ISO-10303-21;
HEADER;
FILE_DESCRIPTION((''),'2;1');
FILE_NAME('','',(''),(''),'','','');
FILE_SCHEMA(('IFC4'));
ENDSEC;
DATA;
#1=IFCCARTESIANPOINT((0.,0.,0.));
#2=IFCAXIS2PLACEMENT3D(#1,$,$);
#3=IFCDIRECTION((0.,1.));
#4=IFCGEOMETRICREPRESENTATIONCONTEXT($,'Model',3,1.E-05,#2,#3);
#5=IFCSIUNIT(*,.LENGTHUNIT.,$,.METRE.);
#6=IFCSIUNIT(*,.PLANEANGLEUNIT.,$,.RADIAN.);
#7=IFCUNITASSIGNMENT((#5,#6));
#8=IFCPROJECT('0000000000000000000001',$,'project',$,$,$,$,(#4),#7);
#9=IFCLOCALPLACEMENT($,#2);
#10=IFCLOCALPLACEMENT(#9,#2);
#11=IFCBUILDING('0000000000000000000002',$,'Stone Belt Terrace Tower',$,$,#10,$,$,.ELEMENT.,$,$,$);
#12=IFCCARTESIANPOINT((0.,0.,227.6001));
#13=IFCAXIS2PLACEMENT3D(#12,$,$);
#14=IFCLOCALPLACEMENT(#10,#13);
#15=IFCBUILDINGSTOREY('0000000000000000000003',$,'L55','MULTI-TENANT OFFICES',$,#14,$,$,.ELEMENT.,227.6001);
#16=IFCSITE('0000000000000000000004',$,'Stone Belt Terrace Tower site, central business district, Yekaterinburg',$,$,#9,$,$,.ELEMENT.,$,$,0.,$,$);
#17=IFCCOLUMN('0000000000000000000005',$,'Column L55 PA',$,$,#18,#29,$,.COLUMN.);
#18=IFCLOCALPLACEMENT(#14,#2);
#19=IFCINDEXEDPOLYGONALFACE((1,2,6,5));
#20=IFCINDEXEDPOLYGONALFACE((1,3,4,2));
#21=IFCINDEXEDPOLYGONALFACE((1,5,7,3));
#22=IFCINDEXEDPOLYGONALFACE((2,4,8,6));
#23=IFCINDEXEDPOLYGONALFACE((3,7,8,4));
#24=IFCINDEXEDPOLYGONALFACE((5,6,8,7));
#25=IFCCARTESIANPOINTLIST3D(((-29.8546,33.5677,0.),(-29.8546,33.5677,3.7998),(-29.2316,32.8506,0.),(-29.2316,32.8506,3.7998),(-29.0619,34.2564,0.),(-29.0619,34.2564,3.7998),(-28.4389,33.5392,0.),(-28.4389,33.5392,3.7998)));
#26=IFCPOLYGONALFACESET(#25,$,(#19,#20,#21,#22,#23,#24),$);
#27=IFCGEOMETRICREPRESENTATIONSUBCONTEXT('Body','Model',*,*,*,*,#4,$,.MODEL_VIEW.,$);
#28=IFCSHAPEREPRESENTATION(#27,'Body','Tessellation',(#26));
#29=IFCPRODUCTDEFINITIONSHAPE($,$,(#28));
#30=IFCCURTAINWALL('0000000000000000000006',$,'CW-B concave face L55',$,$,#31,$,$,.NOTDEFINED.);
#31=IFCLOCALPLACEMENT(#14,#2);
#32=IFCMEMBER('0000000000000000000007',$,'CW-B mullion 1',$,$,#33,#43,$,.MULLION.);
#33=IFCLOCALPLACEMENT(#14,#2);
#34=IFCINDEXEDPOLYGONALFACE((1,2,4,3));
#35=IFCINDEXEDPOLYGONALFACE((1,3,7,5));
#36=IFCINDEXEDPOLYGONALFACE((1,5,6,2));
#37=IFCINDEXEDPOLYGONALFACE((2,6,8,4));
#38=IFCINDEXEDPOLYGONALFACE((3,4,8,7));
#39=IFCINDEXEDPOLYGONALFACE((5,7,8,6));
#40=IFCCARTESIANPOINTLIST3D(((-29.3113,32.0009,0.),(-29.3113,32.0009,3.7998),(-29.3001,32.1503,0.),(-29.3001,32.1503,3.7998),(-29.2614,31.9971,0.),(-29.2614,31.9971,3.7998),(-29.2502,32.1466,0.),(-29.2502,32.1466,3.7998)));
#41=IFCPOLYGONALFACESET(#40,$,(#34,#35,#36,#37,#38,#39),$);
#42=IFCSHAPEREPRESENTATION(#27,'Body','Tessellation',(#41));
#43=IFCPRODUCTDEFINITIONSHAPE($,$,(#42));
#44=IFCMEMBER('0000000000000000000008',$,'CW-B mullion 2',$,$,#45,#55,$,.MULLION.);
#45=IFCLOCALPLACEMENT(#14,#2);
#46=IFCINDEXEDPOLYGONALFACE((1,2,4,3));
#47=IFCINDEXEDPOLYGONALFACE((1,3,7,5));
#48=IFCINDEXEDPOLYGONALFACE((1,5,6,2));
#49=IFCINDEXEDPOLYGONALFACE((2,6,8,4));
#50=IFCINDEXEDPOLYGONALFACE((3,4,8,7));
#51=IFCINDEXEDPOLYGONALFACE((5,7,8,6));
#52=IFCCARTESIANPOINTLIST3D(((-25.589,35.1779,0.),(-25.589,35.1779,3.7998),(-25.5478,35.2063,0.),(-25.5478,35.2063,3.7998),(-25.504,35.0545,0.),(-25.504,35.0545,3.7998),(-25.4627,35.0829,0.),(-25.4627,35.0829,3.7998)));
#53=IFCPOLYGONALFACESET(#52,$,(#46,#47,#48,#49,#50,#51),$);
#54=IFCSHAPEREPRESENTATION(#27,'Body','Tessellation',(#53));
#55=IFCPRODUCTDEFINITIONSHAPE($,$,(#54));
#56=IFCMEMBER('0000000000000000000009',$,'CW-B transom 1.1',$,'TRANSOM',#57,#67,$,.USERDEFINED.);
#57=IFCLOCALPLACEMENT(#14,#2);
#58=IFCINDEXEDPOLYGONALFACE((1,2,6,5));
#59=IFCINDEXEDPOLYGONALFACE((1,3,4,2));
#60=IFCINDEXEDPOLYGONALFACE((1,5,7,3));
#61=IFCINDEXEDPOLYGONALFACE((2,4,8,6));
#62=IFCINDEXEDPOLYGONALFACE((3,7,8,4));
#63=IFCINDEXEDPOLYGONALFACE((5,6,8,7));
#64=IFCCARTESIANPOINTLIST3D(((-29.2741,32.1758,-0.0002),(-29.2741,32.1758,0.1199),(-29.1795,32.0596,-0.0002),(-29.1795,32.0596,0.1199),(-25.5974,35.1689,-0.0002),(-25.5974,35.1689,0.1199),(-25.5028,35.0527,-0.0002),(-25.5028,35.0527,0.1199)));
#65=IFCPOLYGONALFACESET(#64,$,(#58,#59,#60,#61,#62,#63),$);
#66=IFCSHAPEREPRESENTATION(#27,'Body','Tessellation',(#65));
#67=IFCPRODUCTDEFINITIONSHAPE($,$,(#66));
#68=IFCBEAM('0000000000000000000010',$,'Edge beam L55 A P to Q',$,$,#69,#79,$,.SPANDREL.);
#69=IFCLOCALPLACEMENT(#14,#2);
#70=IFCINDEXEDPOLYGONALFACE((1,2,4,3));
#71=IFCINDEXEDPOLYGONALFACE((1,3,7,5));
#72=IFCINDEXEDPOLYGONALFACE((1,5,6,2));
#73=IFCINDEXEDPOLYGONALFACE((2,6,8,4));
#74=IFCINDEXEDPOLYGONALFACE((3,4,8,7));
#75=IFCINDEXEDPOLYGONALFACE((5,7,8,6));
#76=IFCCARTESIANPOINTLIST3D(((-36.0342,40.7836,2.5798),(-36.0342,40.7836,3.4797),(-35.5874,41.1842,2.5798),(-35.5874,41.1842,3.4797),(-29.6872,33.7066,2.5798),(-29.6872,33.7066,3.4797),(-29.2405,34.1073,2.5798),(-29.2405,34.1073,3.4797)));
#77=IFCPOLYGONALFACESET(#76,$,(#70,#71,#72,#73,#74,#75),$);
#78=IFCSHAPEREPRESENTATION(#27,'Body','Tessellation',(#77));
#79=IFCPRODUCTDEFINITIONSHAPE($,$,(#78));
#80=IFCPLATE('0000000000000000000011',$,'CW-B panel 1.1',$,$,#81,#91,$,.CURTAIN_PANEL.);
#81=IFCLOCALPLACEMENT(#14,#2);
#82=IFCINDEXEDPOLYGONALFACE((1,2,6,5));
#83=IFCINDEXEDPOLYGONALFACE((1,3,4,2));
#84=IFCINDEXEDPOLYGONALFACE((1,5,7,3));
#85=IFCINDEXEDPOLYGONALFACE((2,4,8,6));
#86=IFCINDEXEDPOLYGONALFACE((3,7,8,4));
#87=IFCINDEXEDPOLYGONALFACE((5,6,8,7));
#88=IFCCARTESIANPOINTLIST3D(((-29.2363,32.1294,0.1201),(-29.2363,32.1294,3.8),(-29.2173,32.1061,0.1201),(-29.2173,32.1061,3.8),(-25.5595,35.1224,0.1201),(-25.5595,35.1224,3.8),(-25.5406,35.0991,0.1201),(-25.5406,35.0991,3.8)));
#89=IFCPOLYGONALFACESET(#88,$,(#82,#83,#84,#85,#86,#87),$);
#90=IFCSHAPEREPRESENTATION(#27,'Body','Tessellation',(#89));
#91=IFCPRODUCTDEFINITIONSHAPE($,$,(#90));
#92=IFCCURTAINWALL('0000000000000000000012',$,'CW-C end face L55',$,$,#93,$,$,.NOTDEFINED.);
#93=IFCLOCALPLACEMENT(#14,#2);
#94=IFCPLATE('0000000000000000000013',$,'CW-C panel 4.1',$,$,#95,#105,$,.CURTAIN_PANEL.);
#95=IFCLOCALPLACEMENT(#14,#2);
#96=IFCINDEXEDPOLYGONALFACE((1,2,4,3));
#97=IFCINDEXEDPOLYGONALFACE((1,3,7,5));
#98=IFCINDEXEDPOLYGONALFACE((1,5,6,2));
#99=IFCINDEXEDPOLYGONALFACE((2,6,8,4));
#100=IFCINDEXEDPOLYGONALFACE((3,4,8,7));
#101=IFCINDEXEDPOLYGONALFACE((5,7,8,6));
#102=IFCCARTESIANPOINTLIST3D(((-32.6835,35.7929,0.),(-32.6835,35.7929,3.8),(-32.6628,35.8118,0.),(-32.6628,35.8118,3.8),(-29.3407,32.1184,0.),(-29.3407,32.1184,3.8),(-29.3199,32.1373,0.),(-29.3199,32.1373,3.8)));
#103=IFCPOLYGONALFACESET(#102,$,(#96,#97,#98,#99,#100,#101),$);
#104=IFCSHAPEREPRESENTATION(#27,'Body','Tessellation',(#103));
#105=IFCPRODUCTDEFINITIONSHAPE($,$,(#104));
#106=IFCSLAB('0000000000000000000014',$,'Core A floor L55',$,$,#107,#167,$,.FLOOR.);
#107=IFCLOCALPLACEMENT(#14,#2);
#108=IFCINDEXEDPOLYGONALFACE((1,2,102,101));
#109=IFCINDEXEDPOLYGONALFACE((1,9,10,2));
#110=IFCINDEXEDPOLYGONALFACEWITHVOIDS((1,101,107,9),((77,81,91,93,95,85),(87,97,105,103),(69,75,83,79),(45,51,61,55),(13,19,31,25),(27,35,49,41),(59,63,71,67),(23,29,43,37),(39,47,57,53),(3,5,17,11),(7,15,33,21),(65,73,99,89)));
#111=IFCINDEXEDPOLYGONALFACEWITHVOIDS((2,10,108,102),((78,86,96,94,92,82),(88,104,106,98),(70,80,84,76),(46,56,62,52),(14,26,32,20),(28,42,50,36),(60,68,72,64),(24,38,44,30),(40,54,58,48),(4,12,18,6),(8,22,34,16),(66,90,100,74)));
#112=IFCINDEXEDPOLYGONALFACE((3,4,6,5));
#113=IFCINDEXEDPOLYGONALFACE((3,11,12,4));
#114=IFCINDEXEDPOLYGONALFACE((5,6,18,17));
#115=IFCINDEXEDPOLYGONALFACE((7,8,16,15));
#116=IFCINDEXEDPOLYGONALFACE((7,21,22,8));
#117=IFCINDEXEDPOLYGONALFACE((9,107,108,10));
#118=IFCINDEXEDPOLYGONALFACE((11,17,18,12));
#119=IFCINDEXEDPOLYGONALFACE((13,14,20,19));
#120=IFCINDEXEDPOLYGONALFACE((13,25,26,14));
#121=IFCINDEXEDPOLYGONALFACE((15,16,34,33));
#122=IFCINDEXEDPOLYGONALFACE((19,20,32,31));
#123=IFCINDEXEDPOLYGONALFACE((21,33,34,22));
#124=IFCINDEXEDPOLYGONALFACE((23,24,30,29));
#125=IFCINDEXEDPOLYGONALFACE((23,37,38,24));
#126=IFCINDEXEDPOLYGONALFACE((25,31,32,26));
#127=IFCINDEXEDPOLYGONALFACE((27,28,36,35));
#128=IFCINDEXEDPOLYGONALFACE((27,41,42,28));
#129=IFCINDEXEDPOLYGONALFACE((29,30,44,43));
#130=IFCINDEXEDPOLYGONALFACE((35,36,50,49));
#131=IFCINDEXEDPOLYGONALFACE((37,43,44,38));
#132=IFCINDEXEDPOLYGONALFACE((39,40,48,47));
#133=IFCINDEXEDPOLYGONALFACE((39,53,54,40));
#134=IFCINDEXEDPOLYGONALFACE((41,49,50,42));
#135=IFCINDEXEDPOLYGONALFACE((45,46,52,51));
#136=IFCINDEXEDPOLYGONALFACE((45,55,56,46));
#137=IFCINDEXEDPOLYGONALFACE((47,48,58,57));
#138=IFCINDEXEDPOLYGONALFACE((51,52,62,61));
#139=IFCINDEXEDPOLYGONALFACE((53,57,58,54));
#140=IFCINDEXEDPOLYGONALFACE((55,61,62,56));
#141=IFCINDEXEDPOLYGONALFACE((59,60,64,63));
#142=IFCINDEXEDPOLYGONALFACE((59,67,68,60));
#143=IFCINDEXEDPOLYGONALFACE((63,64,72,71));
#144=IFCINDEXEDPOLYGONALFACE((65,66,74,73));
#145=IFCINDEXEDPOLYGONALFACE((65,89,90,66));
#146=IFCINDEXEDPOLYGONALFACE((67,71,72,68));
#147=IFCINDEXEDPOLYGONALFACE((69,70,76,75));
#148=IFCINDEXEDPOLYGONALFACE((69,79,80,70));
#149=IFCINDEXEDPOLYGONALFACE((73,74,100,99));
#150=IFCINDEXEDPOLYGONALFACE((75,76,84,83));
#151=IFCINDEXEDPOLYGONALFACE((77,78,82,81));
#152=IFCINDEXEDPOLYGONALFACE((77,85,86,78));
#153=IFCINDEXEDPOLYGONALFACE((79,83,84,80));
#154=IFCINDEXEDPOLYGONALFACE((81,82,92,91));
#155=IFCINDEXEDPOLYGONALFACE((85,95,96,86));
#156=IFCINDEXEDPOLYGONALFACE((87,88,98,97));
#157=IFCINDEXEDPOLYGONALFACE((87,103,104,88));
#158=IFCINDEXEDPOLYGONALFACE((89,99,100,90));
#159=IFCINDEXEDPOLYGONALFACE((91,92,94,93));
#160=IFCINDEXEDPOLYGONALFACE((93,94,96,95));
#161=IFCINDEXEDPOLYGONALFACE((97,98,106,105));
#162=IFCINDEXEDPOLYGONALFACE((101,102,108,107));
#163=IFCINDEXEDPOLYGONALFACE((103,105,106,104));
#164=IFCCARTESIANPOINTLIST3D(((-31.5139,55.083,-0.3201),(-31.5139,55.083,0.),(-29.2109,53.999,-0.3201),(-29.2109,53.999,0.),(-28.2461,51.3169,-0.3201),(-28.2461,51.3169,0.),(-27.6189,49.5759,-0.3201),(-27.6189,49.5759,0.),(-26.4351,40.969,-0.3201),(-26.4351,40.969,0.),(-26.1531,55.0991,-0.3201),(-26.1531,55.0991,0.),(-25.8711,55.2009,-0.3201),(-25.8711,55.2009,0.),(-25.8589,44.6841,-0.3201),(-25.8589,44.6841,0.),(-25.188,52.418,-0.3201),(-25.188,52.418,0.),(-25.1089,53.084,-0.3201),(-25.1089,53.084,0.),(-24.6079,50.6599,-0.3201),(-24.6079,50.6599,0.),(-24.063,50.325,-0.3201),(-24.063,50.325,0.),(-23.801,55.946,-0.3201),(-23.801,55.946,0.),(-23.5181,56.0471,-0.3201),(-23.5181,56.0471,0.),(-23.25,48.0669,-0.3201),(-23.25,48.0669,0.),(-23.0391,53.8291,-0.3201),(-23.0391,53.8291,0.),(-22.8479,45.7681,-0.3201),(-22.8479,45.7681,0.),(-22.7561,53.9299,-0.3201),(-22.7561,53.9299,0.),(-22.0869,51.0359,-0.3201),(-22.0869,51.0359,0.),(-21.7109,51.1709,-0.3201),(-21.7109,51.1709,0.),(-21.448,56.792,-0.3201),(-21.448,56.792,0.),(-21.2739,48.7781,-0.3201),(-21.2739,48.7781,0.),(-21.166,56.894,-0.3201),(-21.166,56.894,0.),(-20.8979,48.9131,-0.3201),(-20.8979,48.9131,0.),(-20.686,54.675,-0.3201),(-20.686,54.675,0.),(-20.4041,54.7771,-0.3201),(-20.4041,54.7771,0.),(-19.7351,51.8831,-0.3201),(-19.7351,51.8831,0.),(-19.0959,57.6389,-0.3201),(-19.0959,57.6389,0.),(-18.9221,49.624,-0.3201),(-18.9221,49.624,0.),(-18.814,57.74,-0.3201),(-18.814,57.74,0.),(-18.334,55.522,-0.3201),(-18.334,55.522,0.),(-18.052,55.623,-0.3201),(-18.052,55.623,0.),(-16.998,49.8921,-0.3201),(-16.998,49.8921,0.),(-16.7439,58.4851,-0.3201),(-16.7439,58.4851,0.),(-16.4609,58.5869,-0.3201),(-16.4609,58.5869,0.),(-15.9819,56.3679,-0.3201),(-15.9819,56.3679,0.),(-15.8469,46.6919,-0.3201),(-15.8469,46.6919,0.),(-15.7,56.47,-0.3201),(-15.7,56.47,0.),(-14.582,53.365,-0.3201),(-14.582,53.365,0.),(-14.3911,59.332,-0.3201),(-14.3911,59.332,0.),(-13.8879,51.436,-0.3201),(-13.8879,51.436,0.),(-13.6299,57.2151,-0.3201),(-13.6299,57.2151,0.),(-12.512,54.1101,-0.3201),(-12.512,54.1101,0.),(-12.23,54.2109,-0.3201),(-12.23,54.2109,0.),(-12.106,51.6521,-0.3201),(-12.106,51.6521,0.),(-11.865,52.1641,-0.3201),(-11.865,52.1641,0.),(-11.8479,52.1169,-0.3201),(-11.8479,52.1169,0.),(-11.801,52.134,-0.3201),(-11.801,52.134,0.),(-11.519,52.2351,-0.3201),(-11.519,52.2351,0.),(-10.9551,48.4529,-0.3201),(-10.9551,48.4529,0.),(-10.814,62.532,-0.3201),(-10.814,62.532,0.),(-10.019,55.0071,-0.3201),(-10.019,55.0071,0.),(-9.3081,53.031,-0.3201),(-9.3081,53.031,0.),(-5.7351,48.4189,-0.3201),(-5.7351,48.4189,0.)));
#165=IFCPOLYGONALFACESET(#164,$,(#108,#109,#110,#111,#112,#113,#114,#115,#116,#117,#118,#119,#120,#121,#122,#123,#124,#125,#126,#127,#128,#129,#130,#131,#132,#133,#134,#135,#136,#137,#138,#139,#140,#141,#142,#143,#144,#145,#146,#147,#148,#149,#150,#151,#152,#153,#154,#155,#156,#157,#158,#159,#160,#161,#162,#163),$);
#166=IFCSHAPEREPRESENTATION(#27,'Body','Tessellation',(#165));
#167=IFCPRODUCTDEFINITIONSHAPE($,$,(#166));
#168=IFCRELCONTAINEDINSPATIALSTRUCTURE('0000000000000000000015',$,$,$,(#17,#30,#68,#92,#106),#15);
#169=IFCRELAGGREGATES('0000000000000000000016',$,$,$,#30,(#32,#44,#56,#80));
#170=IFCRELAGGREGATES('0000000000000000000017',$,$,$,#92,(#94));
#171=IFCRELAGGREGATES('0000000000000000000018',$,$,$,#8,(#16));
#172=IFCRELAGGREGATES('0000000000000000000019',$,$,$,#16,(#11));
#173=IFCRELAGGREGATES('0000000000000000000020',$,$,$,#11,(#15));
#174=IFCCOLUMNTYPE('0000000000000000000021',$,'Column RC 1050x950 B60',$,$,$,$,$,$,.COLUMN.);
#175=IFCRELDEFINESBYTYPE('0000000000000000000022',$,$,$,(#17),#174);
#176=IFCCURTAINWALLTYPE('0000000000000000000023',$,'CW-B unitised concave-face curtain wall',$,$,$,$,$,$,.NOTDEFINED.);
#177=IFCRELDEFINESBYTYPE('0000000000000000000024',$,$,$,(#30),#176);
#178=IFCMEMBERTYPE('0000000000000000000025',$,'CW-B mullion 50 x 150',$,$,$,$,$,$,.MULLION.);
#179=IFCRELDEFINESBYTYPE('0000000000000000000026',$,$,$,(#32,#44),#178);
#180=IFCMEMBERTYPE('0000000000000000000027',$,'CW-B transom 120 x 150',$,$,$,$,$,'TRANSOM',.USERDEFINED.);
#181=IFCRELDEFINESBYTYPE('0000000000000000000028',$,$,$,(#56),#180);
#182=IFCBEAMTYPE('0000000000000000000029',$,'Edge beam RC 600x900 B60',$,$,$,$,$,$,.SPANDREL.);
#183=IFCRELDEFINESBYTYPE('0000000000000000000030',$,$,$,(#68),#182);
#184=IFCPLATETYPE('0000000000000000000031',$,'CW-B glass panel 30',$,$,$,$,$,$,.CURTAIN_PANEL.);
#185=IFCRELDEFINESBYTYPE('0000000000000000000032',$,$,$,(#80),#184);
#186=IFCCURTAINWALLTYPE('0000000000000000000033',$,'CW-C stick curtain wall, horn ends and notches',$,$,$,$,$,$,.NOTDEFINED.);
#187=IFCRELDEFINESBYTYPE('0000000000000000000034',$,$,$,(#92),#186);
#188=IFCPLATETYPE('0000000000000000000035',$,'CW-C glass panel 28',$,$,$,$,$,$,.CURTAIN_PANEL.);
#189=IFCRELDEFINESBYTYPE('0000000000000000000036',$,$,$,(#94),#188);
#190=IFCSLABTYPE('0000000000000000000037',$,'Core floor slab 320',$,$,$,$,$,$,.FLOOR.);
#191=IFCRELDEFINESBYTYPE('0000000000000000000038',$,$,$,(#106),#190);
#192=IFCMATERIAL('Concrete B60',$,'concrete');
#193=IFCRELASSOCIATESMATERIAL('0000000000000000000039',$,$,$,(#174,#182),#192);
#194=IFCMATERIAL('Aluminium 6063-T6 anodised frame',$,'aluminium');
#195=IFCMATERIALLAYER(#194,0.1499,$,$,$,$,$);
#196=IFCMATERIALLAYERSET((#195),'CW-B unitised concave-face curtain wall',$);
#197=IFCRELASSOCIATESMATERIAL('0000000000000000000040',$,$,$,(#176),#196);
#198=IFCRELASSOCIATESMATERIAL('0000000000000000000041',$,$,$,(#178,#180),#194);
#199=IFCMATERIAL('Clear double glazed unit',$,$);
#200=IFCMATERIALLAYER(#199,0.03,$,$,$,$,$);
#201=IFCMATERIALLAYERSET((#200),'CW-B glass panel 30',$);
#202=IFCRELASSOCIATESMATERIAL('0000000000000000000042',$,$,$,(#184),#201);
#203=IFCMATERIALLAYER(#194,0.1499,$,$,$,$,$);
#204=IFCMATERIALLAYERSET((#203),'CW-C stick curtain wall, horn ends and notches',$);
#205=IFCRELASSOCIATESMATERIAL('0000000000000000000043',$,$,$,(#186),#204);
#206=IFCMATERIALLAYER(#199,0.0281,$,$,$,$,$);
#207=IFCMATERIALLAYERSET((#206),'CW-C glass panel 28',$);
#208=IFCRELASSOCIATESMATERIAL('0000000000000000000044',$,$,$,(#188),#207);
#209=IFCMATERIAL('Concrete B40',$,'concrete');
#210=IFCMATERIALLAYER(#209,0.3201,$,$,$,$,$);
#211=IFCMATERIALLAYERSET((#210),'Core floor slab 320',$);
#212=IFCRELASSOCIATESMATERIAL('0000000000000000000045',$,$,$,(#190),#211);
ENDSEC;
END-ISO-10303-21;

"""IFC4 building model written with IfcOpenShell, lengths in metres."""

from ifc_helpers import new_model, si_unit, direction, frame, origin, origin_2d, place, context, subcontext, project, spatial, polyline, rectangle, outline, extrude, material, layer, layer_set, material_profile, profile_set, type_object, element, aggregate, save


model = new_model("IFC4")

# Units and contexts
model_context = context("Model", 3, precision=1e-05, world=origin(), true_north=direction((0.0, 1.0)))
body_context = subcontext(model_context, "Body", "Model", "MODEL_VIEW")
ifc_project = project(units=[si_unit("LENGTHUNIT", "METRE"), si_unit("PLANEANGLEUNIT", "RADIAN")], contexts=[model_context])

# Site, building, storey
site_placement = place(None, origin())
site = spatial("IfcSite", under=ifc_project, at=site_placement, Name="Stone Belt Terrace Tower site, central business district, Yekaterinburg", CompositionType="ELEMENT", RefElevation=0.0)
building_placement = place(site_placement, origin())
building = spatial("IfcBuilding", under=site, at=building_placement, Name="Stone Belt Terrace Tower", CompositionType="ELEMENT")
storey_placement = place(building_placement, frame((0.0, 0.0, 227.6001)))
storey = spatial("IfcBuildingStorey", under=building, at=storey_placement, Name="L55", Description="MULTI-TENANT OFFICES", CompositionType="ELEMENT", Elevation=227.6001)

# Column
ifc_material_1 = material(Name="Concrete B60", Category="concrete")
ifc_material_profile_1 = material_profile(ifc_material_1, rectangle(XDim=1.05, YDim=0.95, at=origin_2d()), Name="RC 1050x950")
ifc_profile_set_1 = profile_set([ifc_material_profile_1], Name="Concrete B60")
column_type = type_object("IfcColumnType", Name="Column RC 1050x950 B60", PredefinedType="COLUMN", material=ifc_profile_set_1)
column_placement = place(storey_placement, frame((-29.1467, 33.5535, 0.0), z_axis=(0.0, 0.0, 1.0), x_axis=(0.754941, 0.655793, 0.0)))
element("IfcColumn", 1, at=column_placement, inside=storey, type_object=column_type, Name="Column L55 PA", PredefinedType="COLUMN", context=body_context, shape_type="SweptSolid", body=[
    extrude(rectangle(XDim=1.05, YDim=0.95, at=origin_2d()), origin(), (0.0, 0.0, 1.0), 3.7998),
])

# Curtain wall, members
ifc_material_2 = material(Name="Aluminium 6063-T6 anodised frame", Category="aluminium")
ifc_layer_1 = layer(ifc_material_2, 0.1499)
ifc_layer_set_1 = layer_set([ifc_layer_1], Name="CW-B unitised concave-face curtain wall")
curtain_wall_type_1 = type_object("IfcCurtainWallType", Name="CW-B unitised concave-face curtain wall", PredefinedType="NOTDEFINED", material=ifc_layer_set_1)
curtain_wall_1_placement = place(storey_placement, origin())
curtain_wall_1 = element("IfcCurtainWall", 2, at=curtain_wall_1_placement, inside=storey, type_object=curtain_wall_type_1, Name="CW-B concave face L55", PredefinedType="NOTDEFINED")
ifc_material_profile_2 = material_profile(ifc_material_2, rectangle(XDim=0.1499, YDim=0.05, at=origin_2d()), Name="Aluminium 6063-T6 50x150")
ifc_profile_set_2 = profile_set([ifc_material_profile_2], Name="Aluminium 6063-T6 anodised frame")
member_type_1 = type_object("IfcMemberType", Name="CW-B mullion 50 x 150", PredefinedType="MULLION", material=ifc_profile_set_2)
member_1_placement = place(storey_placement, frame((-29.2808, 32.0737, 0.0), z_axis=(0.0, 0.0, 1.0), x_axis=(0.074613, 0.997213, 0.0)))
member_1 = element("IfcMember", 3, at=member_1_placement, type_object=member_type_1, Name="CW-B mullion 1", PredefinedType="MULLION", context=body_context, shape_type="SweptSolid", body=[
    extrude(rectangle(XDim=0.1499, YDim=0.05, at=origin_2d()), origin(), (0.0, 0.0, 1.0), 3.7998),
])
member_2_placement = place(storey_placement, frame((-25.5259, 35.1304, 0.0), z_axis=(0.0, 0.0, 1.0), x_axis=(-0.567465, 0.823397, 0.0)))
member_2 = element("IfcMember", 4, at=member_2_placement, type_object=member_type_1, Name="CW-B mullion 2", PredefinedType="MULLION", context=body_context, shape_type="SweptSolid", body=[
    extrude(rectangle(XDim=0.1499, YDim=0.05, at=origin_2d()), origin(), (0.0, 0.0, 1.0), 3.7998),
])
ifc_material_profile_3 = material_profile(ifc_material_2, rectangle(XDim=0.1499, YDim=0.1201, at=origin_2d()), Name="Aluminium 6063-T6 150x120")
ifc_profile_set_3 = profile_set([ifc_material_profile_3], Name="Aluminium 6063-T6 anodised frame")
member_type_2 = type_object("IfcMemberType", Name="CW-B transom 120 x 150", ElementType="TRANSOM", PredefinedType="USERDEFINED", material=ifc_profile_set_3)
member_3_placement = place(storey_placement, frame((-29.2268, 32.1177, 0.0598), z_axis=(0.775515, 0.631329, 0.0), x_axis=(-0.631329, 0.775515, 0.0)))
member_3 = element("IfcMember", 5, at=member_3_placement, type_object=member_type_2, Name="CW-B transom 1.1", ObjectType="TRANSOM", PredefinedType="USERDEFINED", context=body_context, shape_type="SweptSolid", body=[
    extrude(rectangle(XDim=0.1499, YDim=0.1201, at=origin_2d()), origin(), (0.0, 0.0, 1.0), 4.741),
])

# Beam
ifc_material_profile_4 = material_profile(ifc_material_1, rectangle(XDim=0.6001, YDim=0.8999, at=origin_2d()), Name="RC 600x900")
ifc_profile_set_4 = profile_set([ifc_material_profile_4], Name="Concrete B60")
beam_type = type_object("IfcBeamType", Name="Edge beam RC 600x900 B60", PredefinedType="SPANDREL", material=ifc_profile_set_4)
beam_placement = place(storey_placement, frame((-29.4639, 33.907, 3.0298), z_axis=(-0.667668, 0.744459, 0.0), x_axis=(-0.744459, -0.667668, 0.0)))
element("IfcBeam", 6, at=beam_placement, inside=storey, type_object=beam_type, Name="Edge beam L55 A P to Q", PredefinedType="SPANDREL", context=body_context, shape_type="SweptSolid", body=[
    extrude(rectangle(XDim=0.6001, YDim=0.8999, at=origin_2d()), origin(), (0.0, 0.0, 1.0), 9.5061),
])

# Plate
ifc_material_3 = material(Name="Clear double glazed unit")
ifc_layer_2 = layer(ifc_material_3, 0.03)
ifc_layer_set_2 = layer_set([ifc_layer_2], Name="CW-B glass panel 30")
plate_type_1 = type_object("IfcPlateType", Name="CW-B glass panel 30", PredefinedType="CURTAIN_PANEL", material=ifc_layer_set_2)
plate_1_placement = place(storey_placement, frame((-27.3884, 33.6143, 0.1201), z_axis=(0.0, 0.0, 1.0), x_axis=(0.775525, 0.631317, 0.0)))
plate_1 = element("IfcPlate", 7, at=plate_1_placement, type_object=plate_type_1, Name="CW-B panel 1.1", PredefinedType="CURTAIN_PANEL", context=body_context, shape_type="SweptSolid", body=[
    extrude(rectangle(XDim=4.741, YDim=0.03, at=origin_2d()), origin(), (0.0, 0.0, 1.0), 3.6799),
])
aggregate(curtain_wall_1, [member_1, member_2, member_3, plate_1])

# Curtain wall, plate
ifc_layer_3 = layer(ifc_material_2, 0.1499)
ifc_layer_set_3 = layer_set([ifc_layer_3], Name="CW-C stick curtain wall, horn ends and notches")
curtain_wall_type_2 = type_object("IfcCurtainWallType", Name="CW-C stick curtain wall, horn ends and notches", PredefinedType="NOTDEFINED", material=ifc_layer_set_3)
curtain_wall_2_placement = place(storey_placement, origin())
curtain_wall_2 = element("IfcCurtainWall", 8, at=curtain_wall_2_placement, inside=storey, type_object=curtain_wall_type_2, Name="CW-C end face L55", PredefinedType="NOTDEFINED")
ifc_layer_4 = layer(ifc_material_3, 0.0281)
ifc_layer_set_4 = layer_set([ifc_layer_4], Name="CW-C glass panel 28")
plate_type_2 = type_object("IfcPlateType", Name="CW-C glass panel 28", PredefinedType="CURTAIN_PANEL", material=ifc_layer_set_4)
plate_2_placement = place(storey_placement, frame((-31.0017, 33.9651, 0.0), z_axis=(0.0, 0.0, 1.0), x_axis=(0.672944, -0.739693, 0.0)))
plate_2 = element("IfcPlate", 9, at=plate_2_placement, type_object=plate_type_2, Name="CW-C panel 4.1", PredefinedType="CURTAIN_PANEL", context=body_context, shape_type="SweptSolid", body=[
    extrude(rectangle(XDim=4.9675, YDim=0.0281, at=origin_2d()), origin(), (0.0, 0.0, 1.0), 3.8),
])
aggregate(curtain_wall_2, [plate_2])

# Slab
ifc_material_4 = material(Name="Concrete B40", Category="concrete")
ifc_layer_5 = layer(ifc_material_4, 0.3201)
ifc_layer_set_5 = layer_set([ifc_layer_5], Name="Core floor slab 320")
slab_type_1 = type_object("IfcSlabType", Name="Core floor slab 320", PredefinedType="FLOOR", material=ifc_layer_set_5)
slab_1_placement = place(storey_placement, frame((0.0, 0.0, -0.3201)))
element("IfcSlab", 10, at=slab_1_placement, inside=storey, type_object=slab_type_1, Name="Core A floor L55", PredefinedType="FLOOR", context=body_context, shape_type="SweptSolid", body=[
    extrude(outline(polyline([(-26.4351, 40.969), (-5.7351, 48.4189), (-10.814, 62.532), (-31.5139, 55.083), (-26.4351, 40.969)]), holes=[polyline([(-24.6079, 50.6599), (-22.8479, 45.7681), (-25.8589, 44.6841), (-27.6189, 49.5759), (-24.6079, 50.6599)]), polyline([(-21.2739, 48.7781), (-23.25, 48.0669), (-24.063, 50.325), (-22.0869, 51.0359), (-21.2739, 48.7781)]), polyline([(-18.9221, 49.624), (-20.8979, 48.9131), (-21.7109, 51.1709), (-19.7351, 51.8831), (-18.9221, 49.624)]), polyline([(-28.2461, 51.3169), (-29.2109, 53.999), (-26.1531, 55.0991), (-25.188, 52.418), (-28.2461, 51.3169)]), polyline([(-23.801, 55.946), (-23.0391, 53.8291), (-25.1089, 53.084), (-25.8711, 55.2009), (-23.801, 55.946)]), polyline([(-21.448, 56.792), (-20.686, 54.675), (-22.7561, 53.9299), (-23.5181, 56.0471), (-21.448, 56.792)]), polyline([(-10.9551, 48.4529), (-15.8469, 46.6919), (-16.998, 49.8921), (-12.106, 51.6521), (-10.9551, 48.4529)]), polyline([(-11.8479, 52.1169), (-11.865, 52.1641), (-13.8879, 51.436), (-14.582, 53.365), (-12.512, 54.1101), (-11.801, 52.134), (-11.8479, 52.1169)]), polyline([(-9.3081, 53.031), (-11.519, 52.2351), (-12.23, 54.2109), (-10.019, 55.0071), (-9.3081, 53.031)]), polyline([(-21.166, 56.894), (-19.0959, 57.6389), (-18.334, 55.522), (-20.4041, 54.7771), (-21.166, 56.894)]), polyline([(-16.7439, 58.4851), (-15.9819, 56.3679), (-18.052, 55.623), (-18.814, 57.74), (-16.7439, 58.4851)]), polyline([(-14.3911, 59.332), (-13.6299, 57.2151), (-15.7, 56.47), (-16.4609, 58.5869), (-14.3911, 59.332)])]), origin(), (0.0, 0.0, 1.0), 0.3201),
])

save(model, "model.ifc")
